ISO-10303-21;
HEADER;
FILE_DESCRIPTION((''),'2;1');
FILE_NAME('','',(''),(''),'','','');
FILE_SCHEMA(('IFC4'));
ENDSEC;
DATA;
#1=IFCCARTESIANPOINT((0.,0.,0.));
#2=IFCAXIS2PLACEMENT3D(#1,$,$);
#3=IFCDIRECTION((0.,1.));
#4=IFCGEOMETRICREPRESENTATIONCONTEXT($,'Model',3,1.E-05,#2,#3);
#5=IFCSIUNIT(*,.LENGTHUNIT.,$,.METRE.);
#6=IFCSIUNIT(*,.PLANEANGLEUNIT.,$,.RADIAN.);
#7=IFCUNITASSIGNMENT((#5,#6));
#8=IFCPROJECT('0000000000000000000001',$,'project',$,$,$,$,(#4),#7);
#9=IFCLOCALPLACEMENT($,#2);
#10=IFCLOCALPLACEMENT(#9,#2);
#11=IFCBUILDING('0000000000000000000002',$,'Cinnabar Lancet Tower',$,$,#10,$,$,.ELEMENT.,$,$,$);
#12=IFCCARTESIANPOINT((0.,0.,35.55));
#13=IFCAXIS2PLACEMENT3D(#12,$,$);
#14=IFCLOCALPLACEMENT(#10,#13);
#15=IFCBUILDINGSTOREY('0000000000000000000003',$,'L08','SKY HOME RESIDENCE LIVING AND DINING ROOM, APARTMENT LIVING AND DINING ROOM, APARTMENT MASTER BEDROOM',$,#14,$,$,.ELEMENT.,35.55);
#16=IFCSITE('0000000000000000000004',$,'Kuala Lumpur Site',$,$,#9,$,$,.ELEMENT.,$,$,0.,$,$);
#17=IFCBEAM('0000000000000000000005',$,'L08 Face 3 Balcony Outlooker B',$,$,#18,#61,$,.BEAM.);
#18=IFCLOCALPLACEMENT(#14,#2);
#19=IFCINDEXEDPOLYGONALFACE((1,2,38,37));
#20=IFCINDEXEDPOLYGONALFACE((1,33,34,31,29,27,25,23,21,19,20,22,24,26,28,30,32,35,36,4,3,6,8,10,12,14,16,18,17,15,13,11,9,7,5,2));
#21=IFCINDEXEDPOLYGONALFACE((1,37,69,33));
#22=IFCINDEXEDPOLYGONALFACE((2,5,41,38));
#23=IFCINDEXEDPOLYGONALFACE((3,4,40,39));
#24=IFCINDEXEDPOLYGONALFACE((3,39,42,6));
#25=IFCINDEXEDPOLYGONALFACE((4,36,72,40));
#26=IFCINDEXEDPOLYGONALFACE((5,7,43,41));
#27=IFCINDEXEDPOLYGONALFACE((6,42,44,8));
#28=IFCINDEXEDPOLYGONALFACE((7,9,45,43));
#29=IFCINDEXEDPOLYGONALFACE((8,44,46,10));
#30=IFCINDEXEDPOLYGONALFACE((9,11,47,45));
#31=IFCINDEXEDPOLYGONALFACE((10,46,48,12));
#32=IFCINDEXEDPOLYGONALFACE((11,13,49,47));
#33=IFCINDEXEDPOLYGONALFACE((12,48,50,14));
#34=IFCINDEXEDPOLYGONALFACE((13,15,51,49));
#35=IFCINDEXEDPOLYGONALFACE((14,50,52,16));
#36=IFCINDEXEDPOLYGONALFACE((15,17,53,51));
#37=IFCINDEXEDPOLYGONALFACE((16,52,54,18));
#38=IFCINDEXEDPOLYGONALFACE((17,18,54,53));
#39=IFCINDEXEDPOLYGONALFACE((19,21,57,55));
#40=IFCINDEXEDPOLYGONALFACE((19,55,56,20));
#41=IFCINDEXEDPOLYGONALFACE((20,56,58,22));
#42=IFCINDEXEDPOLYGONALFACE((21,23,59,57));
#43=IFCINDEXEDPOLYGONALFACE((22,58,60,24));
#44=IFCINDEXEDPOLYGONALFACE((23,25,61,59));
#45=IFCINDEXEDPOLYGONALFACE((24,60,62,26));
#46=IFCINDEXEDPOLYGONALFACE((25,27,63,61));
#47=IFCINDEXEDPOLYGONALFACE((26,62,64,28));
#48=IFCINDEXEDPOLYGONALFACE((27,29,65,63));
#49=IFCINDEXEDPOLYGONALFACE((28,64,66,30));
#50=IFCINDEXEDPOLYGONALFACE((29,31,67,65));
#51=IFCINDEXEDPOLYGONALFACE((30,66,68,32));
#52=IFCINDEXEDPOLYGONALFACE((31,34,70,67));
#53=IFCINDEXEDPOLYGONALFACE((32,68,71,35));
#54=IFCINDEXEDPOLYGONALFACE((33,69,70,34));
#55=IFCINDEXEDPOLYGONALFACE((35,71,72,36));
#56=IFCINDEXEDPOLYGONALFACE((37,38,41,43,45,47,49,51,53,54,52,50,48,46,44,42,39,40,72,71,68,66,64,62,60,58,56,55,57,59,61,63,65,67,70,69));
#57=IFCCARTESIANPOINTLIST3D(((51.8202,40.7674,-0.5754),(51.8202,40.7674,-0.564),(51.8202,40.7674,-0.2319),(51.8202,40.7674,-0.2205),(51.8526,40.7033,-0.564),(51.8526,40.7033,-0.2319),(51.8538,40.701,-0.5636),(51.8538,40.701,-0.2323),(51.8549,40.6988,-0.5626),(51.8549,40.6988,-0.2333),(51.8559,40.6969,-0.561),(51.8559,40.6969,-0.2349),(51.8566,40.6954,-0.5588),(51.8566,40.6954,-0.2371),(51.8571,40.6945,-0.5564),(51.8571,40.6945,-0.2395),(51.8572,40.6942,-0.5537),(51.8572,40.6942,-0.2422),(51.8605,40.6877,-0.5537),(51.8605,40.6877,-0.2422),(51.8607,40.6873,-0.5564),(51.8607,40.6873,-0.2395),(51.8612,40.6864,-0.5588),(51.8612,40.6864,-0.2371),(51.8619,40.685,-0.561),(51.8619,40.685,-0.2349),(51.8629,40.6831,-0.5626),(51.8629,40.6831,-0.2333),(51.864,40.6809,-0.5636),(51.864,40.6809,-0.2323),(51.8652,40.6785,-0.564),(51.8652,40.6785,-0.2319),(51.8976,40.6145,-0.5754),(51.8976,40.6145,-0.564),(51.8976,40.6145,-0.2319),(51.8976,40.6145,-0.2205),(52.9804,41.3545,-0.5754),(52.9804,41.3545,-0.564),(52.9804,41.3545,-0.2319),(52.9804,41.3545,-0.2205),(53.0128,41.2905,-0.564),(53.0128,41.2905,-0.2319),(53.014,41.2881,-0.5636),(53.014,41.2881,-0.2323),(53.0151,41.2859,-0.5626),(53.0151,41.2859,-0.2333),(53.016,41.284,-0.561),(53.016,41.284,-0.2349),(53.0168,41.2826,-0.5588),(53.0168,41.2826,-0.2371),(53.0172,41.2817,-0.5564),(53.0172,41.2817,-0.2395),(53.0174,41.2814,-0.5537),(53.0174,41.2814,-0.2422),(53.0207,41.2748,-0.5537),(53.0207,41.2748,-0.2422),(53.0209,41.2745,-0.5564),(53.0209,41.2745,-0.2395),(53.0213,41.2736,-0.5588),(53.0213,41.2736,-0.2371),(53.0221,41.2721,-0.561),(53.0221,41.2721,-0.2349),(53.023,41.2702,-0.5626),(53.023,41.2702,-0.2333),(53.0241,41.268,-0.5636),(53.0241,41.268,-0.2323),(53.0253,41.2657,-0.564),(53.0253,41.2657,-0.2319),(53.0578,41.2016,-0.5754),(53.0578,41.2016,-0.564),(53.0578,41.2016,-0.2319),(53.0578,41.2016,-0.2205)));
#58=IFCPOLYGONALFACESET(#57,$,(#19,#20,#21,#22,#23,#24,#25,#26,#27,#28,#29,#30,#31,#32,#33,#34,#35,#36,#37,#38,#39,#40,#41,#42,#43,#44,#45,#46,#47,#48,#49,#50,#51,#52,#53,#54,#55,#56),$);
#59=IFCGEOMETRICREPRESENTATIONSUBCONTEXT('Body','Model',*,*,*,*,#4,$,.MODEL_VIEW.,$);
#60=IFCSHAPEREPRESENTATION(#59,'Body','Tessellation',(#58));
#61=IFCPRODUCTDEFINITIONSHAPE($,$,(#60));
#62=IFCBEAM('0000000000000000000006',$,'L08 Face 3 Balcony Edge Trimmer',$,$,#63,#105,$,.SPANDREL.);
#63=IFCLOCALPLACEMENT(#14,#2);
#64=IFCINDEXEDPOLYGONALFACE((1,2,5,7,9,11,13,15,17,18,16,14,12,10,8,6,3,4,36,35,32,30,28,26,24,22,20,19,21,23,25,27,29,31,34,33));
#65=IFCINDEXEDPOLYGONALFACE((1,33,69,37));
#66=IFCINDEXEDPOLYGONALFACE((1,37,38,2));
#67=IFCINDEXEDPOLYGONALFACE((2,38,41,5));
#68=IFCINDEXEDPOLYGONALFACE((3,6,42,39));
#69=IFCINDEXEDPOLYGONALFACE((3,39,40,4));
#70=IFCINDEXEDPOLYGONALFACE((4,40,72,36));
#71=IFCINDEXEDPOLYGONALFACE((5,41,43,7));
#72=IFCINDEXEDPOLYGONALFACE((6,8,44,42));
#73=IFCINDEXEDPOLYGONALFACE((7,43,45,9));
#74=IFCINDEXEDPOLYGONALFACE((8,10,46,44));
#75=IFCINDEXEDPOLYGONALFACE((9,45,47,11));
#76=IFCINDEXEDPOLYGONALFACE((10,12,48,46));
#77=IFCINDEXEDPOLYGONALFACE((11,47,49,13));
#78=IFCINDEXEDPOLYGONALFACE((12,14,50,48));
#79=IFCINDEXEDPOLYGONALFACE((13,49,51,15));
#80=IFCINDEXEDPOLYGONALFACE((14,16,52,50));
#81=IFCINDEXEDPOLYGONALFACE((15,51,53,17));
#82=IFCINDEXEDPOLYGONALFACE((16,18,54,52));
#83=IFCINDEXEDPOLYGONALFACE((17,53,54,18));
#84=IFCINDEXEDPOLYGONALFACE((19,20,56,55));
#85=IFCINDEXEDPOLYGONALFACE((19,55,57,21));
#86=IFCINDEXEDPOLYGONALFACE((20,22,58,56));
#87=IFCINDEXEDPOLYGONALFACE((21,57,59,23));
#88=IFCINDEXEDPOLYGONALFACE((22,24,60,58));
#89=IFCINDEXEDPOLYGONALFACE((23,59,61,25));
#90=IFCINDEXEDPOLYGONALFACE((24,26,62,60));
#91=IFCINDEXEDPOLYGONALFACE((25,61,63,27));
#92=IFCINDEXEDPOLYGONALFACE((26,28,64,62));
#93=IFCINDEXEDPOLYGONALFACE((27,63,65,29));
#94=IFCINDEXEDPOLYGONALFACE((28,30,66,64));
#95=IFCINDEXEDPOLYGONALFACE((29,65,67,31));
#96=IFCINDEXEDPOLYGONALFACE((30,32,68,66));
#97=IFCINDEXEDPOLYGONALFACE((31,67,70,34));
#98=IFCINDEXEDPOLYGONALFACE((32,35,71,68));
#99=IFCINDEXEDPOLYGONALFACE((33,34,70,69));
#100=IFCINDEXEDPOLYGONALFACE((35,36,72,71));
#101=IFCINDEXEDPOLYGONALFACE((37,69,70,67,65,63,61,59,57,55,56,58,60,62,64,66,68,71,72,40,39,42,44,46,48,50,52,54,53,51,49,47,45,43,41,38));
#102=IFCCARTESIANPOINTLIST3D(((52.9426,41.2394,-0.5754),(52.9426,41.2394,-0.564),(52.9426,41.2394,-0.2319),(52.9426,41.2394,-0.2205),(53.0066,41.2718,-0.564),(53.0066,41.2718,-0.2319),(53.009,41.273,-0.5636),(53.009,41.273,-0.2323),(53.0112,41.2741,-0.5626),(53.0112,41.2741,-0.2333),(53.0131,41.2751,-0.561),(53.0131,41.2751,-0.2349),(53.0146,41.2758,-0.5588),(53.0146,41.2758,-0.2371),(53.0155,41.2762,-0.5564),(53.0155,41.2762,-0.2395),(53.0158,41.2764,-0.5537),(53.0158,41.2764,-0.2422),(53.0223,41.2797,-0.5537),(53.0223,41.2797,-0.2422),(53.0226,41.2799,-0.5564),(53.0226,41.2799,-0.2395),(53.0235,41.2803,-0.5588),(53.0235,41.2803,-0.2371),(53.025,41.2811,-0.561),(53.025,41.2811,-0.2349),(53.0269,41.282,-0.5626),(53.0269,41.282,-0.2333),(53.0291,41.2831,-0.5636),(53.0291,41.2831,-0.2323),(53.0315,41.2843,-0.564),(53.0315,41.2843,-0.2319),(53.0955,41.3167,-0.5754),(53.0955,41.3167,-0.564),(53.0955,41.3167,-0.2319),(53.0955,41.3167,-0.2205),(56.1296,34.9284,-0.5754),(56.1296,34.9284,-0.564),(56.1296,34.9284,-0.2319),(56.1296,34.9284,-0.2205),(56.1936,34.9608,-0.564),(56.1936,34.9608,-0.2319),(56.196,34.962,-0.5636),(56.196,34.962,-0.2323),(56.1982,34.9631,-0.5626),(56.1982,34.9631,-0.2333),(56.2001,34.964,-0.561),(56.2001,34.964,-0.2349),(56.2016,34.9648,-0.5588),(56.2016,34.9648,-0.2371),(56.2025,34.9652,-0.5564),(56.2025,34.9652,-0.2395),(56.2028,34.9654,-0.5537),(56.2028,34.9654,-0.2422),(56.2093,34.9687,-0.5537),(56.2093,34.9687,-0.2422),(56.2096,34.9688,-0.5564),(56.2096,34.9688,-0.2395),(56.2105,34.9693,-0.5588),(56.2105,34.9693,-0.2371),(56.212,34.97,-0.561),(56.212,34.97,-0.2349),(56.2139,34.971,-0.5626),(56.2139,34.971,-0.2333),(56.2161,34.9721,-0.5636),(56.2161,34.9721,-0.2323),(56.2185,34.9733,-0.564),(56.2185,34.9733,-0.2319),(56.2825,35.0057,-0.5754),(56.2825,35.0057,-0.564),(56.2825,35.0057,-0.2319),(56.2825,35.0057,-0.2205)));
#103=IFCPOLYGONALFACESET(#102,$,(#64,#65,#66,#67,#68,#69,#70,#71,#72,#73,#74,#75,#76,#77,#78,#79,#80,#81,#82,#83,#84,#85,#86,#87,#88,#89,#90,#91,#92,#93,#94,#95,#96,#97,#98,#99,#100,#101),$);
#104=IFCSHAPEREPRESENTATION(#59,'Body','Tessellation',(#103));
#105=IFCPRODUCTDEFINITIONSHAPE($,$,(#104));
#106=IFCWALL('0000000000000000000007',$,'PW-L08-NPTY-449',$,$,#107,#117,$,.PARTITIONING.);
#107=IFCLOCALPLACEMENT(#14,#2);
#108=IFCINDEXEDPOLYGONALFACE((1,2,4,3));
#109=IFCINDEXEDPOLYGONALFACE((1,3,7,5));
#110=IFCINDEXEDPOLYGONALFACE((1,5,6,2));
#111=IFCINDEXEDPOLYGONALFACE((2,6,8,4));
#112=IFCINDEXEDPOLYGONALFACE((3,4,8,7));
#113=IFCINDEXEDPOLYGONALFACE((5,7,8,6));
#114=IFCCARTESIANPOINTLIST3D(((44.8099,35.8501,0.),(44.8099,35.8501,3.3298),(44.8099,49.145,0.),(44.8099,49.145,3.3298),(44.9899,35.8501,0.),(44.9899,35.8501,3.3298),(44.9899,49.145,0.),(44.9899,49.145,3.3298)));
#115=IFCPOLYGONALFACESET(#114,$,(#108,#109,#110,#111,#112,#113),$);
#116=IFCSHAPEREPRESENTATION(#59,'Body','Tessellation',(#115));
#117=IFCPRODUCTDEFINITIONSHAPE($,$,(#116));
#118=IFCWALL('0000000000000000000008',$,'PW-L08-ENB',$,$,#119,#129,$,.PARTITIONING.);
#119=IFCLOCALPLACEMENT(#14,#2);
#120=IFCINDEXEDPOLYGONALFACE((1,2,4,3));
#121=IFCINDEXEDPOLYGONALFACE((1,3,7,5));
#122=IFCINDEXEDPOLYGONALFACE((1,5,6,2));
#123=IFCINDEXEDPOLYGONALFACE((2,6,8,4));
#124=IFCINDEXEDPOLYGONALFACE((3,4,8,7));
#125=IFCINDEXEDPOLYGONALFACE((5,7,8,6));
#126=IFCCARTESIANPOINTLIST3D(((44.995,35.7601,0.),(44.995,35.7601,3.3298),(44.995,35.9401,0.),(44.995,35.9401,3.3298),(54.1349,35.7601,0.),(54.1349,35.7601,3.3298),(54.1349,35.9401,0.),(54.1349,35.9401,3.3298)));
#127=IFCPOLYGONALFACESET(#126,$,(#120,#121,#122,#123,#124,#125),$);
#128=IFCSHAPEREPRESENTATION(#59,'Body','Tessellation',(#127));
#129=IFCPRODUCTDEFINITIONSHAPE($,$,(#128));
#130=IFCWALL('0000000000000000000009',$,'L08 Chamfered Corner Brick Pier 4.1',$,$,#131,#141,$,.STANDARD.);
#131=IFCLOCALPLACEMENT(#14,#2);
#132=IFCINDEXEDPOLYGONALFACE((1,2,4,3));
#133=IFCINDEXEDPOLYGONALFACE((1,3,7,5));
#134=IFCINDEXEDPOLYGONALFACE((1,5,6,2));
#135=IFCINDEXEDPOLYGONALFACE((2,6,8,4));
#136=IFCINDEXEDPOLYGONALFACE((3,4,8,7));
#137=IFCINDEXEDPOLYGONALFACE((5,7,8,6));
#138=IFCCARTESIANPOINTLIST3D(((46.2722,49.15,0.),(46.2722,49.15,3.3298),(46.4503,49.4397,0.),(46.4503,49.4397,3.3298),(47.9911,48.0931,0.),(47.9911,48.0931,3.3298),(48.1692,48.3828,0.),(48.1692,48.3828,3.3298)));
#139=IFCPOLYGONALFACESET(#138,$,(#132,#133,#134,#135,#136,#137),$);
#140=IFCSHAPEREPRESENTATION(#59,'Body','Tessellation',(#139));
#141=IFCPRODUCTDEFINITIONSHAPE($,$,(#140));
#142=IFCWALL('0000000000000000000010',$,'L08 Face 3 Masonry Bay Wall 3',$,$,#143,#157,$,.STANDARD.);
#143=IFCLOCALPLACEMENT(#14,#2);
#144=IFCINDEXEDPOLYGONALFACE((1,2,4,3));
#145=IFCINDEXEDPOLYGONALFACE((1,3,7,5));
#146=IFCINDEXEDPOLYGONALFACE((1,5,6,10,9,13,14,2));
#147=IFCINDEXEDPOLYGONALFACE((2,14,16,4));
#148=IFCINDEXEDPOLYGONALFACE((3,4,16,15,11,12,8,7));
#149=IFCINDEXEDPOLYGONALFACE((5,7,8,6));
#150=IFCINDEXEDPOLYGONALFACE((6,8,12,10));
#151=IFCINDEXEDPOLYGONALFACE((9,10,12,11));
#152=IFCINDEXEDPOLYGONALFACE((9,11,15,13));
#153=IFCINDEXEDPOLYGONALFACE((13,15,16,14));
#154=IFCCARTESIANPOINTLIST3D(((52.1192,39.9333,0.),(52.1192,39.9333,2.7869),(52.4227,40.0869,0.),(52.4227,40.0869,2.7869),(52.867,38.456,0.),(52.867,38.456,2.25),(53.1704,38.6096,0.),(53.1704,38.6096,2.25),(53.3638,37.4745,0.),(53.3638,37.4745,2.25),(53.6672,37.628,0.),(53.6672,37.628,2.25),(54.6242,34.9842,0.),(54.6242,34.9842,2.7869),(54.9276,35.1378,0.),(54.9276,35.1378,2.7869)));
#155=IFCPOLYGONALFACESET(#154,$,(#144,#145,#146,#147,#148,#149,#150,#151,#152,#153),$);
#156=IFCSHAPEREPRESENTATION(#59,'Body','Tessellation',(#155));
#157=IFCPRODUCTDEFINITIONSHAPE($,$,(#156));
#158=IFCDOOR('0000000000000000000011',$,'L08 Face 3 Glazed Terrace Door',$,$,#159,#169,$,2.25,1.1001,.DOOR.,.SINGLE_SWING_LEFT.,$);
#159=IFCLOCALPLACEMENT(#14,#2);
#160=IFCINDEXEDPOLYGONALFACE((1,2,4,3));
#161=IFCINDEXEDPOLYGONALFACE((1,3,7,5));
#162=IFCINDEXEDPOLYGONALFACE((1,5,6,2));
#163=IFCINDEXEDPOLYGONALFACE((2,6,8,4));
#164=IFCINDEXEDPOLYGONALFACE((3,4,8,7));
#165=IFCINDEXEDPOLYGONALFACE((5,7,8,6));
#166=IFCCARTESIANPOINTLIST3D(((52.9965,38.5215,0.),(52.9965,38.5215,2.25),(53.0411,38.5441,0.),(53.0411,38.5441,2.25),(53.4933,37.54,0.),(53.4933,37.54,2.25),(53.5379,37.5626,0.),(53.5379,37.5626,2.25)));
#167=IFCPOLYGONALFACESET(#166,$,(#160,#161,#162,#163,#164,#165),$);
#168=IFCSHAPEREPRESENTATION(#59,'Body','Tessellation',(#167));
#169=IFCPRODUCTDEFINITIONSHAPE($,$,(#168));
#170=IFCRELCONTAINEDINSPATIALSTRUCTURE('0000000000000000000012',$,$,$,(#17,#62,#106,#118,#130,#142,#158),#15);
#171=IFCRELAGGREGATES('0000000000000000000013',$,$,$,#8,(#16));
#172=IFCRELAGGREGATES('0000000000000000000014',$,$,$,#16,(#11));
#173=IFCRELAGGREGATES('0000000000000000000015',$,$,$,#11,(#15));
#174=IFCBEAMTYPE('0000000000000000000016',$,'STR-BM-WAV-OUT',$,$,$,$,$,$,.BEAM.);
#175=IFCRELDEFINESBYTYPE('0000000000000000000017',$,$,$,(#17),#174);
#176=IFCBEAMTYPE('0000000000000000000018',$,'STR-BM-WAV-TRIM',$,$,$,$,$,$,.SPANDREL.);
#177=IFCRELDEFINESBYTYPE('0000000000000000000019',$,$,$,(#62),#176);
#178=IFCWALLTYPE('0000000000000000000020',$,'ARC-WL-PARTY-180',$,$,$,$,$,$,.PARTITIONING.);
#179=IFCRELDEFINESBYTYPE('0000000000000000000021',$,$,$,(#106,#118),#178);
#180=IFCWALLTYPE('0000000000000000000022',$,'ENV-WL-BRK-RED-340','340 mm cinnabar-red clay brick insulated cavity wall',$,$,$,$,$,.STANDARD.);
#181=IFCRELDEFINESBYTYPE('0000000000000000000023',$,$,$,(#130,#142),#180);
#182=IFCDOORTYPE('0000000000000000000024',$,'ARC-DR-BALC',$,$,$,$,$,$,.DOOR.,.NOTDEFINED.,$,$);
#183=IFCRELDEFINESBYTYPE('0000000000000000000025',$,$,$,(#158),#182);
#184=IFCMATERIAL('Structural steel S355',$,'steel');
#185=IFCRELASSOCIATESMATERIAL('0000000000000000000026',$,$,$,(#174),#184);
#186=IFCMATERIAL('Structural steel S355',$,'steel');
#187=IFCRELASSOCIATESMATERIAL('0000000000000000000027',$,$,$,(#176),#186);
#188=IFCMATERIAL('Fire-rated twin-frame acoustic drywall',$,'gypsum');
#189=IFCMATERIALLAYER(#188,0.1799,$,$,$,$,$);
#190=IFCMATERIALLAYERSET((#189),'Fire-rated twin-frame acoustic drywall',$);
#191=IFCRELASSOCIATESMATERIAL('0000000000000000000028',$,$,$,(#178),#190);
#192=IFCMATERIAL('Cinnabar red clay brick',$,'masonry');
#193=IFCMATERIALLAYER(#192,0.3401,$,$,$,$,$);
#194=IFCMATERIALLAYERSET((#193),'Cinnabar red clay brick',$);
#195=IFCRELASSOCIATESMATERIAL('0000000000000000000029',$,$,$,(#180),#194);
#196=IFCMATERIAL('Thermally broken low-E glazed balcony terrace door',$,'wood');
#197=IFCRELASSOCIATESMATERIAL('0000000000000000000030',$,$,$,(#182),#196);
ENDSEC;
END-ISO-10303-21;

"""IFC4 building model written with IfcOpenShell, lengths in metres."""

from ifc_helpers import new_model, si_unit, direction, frame, frame_2d, origin, origin_2d, place, context, subcontext, project, spatial, rectangle, i_section, extrude, material, layer, layer_set, material_profile, profile_set, type_object, element, fill, save


model = new_model("IFC4")

# Units and contexts
model_context = context("Model", 3, precision=1e-05, world=origin(), true_north=direction((0.0, 1.0)))
body_context = subcontext(model_context, "Body", "Model", "MODEL_VIEW")
ifc_project = project(units=[si_unit("LENGTHUNIT", "METRE"), si_unit("PLANEANGLEUNIT", "RADIAN")], contexts=[model_context])

# Site, building, storey
site_placement = place(None, origin())
site = spatial("IfcSite", under=ifc_project, at=site_placement, Name="Kuala Lumpur Site", CompositionType="ELEMENT", RefElevation=0.0)
building_placement = place(site_placement, origin())
building = spatial("IfcBuilding", under=site, at=building_placement, Name="Cinnabar Lancet Tower", CompositionType="ELEMENT")
storey_placement = place(building_placement, frame((0.0, 0.0, 35.55)))
storey = spatial("IfcBuildingStorey", under=building, at=storey_placement, Name="L08", Description="SKY HOME RESIDENCE LIVING AND DINING ROOM, APARTMENT LIVING AND DINING ROOM, APARTMENT MASTER BEDROOM", CompositionType="ELEMENT", Elevation=35.55)

# Beams
ifc_material_1 = material(Name="Structural steel S355", Category="steel")
ifc_material_profile_1 = material_profile(ifc_material_1, i_section(OverallWidth=0.1714, OverallDepth=0.355, WebThickness=0.0073, FlangeThickness=0.0115, FilletRadius=0.0103, at=origin_2d()), Name="UKB 356x171x51")
ifc_profile_set_1 = profile_set([ifc_material_profile_1], Name="Structural steel S355")
beam_type_1 = type_object("IfcBeamType", Name="STR-BM-WAV-OUT", PredefinedType="BEAM", material=ifc_profile_set_1)
beam_1_placement = place(storey_placement, frame((51.8589, 40.6909, -0.3979), z_axis=(0.892239, 0.451564, 0.0), x_axis=(-0.451564, 0.892239, 0.0)))
element("IfcBeam", 1, at=beam_1_placement, inside=storey, type_object=beam_type_1, Name="L08 Face 3 Balcony Outlooker B", PredefinedType="BEAM", context=body_context, shape_type="SweptSolid", body=[
    extrude(i_section(OverallWidth=0.1714, OverallDepth=0.355, WebThickness=0.0073, FlangeThickness=0.0115, FilletRadius=0.0103, at=origin_2d()), origin(), (0.0, 0.0, 1.0), 1.3003),
])
ifc_material_2 = material(Name="Structural steel S355", Category="steel")
ifc_material_profile_2 = material_profile(ifc_material_2, i_section(OverallWidth=0.1714, OverallDepth=0.355, WebThickness=0.0073, FlangeThickness=0.0115, FilletRadius=0.0103, at=origin_2d()), Name="UKB 356x171x51")
ifc_profile_set_2 = profile_set([ifc_material_profile_2], Name="Structural steel S355")
beam_type_2 = type_object("IfcBeamType", Name="STR-BM-WAV-TRIM", PredefinedType="SPANDREL", material=ifc_profile_set_2)
beam_2_placement = place(storey_placement, frame((56.2061, 34.967, -0.3979), z_axis=(-0.450774, 0.892638, 0.0), x_axis=(-0.892638, -0.450774, 0.0)))
element("IfcBeam", 2, at=beam_2_placement, inside=storey, type_object=beam_type_2, Name="L08 Face 3 Balcony Edge Trimmer", PredefinedType="SPANDREL", context=body_context, shape_type="SweptSolid", body=[
    extrude(i_section(OverallWidth=0.1714, OverallDepth=0.355, WebThickness=0.0073, FlangeThickness=0.0115, FilletRadius=0.0103, at=origin_2d()), origin(), (0.0, 0.0, 1.0), 7.0701),
])

# Walls
ifc_material_3 = material(Name="Fire-rated twin-frame acoustic drywall", Category="gypsum")
ifc_layer_1 = layer(ifc_material_3, 0.1799)
ifc_layer_set_1 = layer_set([ifc_layer_1], Name="Fire-rated twin-frame acoustic drywall")
wall_type_1 = type_object("IfcWallType", Name="ARC-WL-PARTY-180", PredefinedType="PARTITIONING", material=ifc_layer_set_1)
wall_1_placement = place(storey_placement, frame((44.8999, 35.8501, 0.0), z_axis=(0.0, 0.0, 1.0), x_axis=(0.0, 1.0, 0.0)))
element("IfcWall", 3, at=wall_1_placement, inside=storey, type_object=wall_type_1, Name="PW-L08-NPTY-449", PredefinedType="PARTITIONING", context=body_context, shape_type="SweptSolid", body=[
    extrude(rectangle(XDim=13.2949, YDim=0.1799, at=frame_2d((6.6475, 0.0))), origin(), (0.0, 0.0, 1.0), 3.3298),
])
wall_2_placement = place(storey_placement, frame((44.9951, 35.8501, 0.0), z_axis=(0.0, 0.0, 1.0), x_axis=(1.0, 0.0, 0.0)))
element("IfcWall", 4, at=wall_2_placement, inside=storey, type_object=wall_type_1, Name="PW-L08-ENB", PredefinedType="PARTITIONING", context=body_context, shape_type="SweptSolid", body=[
    extrude(rectangle(XDim=9.1399, YDim=0.1799, at=frame_2d((4.5698, 0.0))), origin(), (0.0, 0.0, 1.0), 3.3298),
])
ifc_material_4 = material(Name="Cinnabar red clay brick", Category="masonry")
ifc_layer_2 = layer(ifc_material_4, 0.3401)
ifc_layer_set_2 = layer_set([ifc_layer_2], Name="Cinnabar red clay brick")
wall_type_2 = type_object("IfcWallType", Name="ENV-WL-BRK-RED-340", Description="340 mm cinnabar-red clay brick insulated cavity wall", PredefinedType="STANDARD", material=ifc_layer_set_2)
wall_3_placement = place(storey_placement, frame((48.0801, 48.238, 0.0), z_axis=(0.0, 0.0, 1.0), x_axis=(-0.85187, 0.523753, 0.0)))
element("IfcWall", 5, at=wall_3_placement, inside=storey, type_object=wall_type_2, Name="L08 Chamfered Corner Brick Pier 4.1", PredefinedType="STANDARD", context=body_context, shape_type="SweptSolid", body=[
    extrude(rectangle(XDim=2.0178, YDim=0.3401, at=frame_2d((1.0088, 0.0))), origin(), (0.0, 0.0, 1.0), 3.3298),
])

# Wall, opening, door
wall_4_placement = place(storey_placement, frame((54.7759, 35.061, 0.0), z_axis=(0.0, 0.0, 1.0), x_axis=(-0.451592, 0.892225, 0.0)))
wall_4 = element("IfcWall", 6, at=wall_4_placement, inside=storey, type_object=wall_type_2, Name="L08 Face 3 Masonry Bay Wall 3", PredefinedType="STANDARD", context=body_context, shape_type="SweptSolid", body=[
    extrude(rectangle(XDim=5.5469, YDim=0.3401, at=frame_2d((2.7734, 0.0))), origin(), (0.0, 0.0, 1.0), 2.7869),
])
opening_1_placement = place(wall_4_placement, frame((2.791, 0.0, 0.0)))
opening_1 = element("IfcOpeningElement", 7, at=opening_1_placement, cuts=wall_4, PredefinedType="OPENING", context=body_context, shape_type="SweptSolid", body=[
    extrude(rectangle(XDim=1.1001, YDim=2.25, at=frame_2d((0.55, 1.125))), frame((0.0, 0.1799, 0.0), z_axis=(0.0, -1.0, 0.0), x_axis=(1.0, 0.0, 0.0)), (0.0, 0.0, 1.0), 0.3601),
])
ifc_material_5 = material(Name="Thermally broken low-E glazed balcony terrace door", Category="wood")
door_type = type_object("IfcDoorType", Name="ARC-DR-BALC", OperationType="NOTDEFINED", PredefinedType="DOOR", material=ifc_material_5)
door_placement = place(opening_1_placement, origin())
door = element("IfcDoor", 8, at=door_placement, inside=storey, type_object=door_type, Name="L08 Face 3 Glazed Terrace Door", OperationType="SINGLE_SWING_LEFT", OverallHeight=2.25, OverallWidth=1.1001, PredefinedType="DOOR", context=body_context, shape_type="SweptSolid", body=[
    extrude(rectangle(XDim=1.1001, YDim=2.25, at=frame_2d((0.55, 1.125))), frame((0.0, 0.0249, 0.0), z_axis=(0.0, -1.0, 0.0), x_axis=(1.0, 0.0, 0.0)), (0.0, 0.0, 1.0), 0.05),
])
fill(opening_1, door)

save(model, "model.ifc")
